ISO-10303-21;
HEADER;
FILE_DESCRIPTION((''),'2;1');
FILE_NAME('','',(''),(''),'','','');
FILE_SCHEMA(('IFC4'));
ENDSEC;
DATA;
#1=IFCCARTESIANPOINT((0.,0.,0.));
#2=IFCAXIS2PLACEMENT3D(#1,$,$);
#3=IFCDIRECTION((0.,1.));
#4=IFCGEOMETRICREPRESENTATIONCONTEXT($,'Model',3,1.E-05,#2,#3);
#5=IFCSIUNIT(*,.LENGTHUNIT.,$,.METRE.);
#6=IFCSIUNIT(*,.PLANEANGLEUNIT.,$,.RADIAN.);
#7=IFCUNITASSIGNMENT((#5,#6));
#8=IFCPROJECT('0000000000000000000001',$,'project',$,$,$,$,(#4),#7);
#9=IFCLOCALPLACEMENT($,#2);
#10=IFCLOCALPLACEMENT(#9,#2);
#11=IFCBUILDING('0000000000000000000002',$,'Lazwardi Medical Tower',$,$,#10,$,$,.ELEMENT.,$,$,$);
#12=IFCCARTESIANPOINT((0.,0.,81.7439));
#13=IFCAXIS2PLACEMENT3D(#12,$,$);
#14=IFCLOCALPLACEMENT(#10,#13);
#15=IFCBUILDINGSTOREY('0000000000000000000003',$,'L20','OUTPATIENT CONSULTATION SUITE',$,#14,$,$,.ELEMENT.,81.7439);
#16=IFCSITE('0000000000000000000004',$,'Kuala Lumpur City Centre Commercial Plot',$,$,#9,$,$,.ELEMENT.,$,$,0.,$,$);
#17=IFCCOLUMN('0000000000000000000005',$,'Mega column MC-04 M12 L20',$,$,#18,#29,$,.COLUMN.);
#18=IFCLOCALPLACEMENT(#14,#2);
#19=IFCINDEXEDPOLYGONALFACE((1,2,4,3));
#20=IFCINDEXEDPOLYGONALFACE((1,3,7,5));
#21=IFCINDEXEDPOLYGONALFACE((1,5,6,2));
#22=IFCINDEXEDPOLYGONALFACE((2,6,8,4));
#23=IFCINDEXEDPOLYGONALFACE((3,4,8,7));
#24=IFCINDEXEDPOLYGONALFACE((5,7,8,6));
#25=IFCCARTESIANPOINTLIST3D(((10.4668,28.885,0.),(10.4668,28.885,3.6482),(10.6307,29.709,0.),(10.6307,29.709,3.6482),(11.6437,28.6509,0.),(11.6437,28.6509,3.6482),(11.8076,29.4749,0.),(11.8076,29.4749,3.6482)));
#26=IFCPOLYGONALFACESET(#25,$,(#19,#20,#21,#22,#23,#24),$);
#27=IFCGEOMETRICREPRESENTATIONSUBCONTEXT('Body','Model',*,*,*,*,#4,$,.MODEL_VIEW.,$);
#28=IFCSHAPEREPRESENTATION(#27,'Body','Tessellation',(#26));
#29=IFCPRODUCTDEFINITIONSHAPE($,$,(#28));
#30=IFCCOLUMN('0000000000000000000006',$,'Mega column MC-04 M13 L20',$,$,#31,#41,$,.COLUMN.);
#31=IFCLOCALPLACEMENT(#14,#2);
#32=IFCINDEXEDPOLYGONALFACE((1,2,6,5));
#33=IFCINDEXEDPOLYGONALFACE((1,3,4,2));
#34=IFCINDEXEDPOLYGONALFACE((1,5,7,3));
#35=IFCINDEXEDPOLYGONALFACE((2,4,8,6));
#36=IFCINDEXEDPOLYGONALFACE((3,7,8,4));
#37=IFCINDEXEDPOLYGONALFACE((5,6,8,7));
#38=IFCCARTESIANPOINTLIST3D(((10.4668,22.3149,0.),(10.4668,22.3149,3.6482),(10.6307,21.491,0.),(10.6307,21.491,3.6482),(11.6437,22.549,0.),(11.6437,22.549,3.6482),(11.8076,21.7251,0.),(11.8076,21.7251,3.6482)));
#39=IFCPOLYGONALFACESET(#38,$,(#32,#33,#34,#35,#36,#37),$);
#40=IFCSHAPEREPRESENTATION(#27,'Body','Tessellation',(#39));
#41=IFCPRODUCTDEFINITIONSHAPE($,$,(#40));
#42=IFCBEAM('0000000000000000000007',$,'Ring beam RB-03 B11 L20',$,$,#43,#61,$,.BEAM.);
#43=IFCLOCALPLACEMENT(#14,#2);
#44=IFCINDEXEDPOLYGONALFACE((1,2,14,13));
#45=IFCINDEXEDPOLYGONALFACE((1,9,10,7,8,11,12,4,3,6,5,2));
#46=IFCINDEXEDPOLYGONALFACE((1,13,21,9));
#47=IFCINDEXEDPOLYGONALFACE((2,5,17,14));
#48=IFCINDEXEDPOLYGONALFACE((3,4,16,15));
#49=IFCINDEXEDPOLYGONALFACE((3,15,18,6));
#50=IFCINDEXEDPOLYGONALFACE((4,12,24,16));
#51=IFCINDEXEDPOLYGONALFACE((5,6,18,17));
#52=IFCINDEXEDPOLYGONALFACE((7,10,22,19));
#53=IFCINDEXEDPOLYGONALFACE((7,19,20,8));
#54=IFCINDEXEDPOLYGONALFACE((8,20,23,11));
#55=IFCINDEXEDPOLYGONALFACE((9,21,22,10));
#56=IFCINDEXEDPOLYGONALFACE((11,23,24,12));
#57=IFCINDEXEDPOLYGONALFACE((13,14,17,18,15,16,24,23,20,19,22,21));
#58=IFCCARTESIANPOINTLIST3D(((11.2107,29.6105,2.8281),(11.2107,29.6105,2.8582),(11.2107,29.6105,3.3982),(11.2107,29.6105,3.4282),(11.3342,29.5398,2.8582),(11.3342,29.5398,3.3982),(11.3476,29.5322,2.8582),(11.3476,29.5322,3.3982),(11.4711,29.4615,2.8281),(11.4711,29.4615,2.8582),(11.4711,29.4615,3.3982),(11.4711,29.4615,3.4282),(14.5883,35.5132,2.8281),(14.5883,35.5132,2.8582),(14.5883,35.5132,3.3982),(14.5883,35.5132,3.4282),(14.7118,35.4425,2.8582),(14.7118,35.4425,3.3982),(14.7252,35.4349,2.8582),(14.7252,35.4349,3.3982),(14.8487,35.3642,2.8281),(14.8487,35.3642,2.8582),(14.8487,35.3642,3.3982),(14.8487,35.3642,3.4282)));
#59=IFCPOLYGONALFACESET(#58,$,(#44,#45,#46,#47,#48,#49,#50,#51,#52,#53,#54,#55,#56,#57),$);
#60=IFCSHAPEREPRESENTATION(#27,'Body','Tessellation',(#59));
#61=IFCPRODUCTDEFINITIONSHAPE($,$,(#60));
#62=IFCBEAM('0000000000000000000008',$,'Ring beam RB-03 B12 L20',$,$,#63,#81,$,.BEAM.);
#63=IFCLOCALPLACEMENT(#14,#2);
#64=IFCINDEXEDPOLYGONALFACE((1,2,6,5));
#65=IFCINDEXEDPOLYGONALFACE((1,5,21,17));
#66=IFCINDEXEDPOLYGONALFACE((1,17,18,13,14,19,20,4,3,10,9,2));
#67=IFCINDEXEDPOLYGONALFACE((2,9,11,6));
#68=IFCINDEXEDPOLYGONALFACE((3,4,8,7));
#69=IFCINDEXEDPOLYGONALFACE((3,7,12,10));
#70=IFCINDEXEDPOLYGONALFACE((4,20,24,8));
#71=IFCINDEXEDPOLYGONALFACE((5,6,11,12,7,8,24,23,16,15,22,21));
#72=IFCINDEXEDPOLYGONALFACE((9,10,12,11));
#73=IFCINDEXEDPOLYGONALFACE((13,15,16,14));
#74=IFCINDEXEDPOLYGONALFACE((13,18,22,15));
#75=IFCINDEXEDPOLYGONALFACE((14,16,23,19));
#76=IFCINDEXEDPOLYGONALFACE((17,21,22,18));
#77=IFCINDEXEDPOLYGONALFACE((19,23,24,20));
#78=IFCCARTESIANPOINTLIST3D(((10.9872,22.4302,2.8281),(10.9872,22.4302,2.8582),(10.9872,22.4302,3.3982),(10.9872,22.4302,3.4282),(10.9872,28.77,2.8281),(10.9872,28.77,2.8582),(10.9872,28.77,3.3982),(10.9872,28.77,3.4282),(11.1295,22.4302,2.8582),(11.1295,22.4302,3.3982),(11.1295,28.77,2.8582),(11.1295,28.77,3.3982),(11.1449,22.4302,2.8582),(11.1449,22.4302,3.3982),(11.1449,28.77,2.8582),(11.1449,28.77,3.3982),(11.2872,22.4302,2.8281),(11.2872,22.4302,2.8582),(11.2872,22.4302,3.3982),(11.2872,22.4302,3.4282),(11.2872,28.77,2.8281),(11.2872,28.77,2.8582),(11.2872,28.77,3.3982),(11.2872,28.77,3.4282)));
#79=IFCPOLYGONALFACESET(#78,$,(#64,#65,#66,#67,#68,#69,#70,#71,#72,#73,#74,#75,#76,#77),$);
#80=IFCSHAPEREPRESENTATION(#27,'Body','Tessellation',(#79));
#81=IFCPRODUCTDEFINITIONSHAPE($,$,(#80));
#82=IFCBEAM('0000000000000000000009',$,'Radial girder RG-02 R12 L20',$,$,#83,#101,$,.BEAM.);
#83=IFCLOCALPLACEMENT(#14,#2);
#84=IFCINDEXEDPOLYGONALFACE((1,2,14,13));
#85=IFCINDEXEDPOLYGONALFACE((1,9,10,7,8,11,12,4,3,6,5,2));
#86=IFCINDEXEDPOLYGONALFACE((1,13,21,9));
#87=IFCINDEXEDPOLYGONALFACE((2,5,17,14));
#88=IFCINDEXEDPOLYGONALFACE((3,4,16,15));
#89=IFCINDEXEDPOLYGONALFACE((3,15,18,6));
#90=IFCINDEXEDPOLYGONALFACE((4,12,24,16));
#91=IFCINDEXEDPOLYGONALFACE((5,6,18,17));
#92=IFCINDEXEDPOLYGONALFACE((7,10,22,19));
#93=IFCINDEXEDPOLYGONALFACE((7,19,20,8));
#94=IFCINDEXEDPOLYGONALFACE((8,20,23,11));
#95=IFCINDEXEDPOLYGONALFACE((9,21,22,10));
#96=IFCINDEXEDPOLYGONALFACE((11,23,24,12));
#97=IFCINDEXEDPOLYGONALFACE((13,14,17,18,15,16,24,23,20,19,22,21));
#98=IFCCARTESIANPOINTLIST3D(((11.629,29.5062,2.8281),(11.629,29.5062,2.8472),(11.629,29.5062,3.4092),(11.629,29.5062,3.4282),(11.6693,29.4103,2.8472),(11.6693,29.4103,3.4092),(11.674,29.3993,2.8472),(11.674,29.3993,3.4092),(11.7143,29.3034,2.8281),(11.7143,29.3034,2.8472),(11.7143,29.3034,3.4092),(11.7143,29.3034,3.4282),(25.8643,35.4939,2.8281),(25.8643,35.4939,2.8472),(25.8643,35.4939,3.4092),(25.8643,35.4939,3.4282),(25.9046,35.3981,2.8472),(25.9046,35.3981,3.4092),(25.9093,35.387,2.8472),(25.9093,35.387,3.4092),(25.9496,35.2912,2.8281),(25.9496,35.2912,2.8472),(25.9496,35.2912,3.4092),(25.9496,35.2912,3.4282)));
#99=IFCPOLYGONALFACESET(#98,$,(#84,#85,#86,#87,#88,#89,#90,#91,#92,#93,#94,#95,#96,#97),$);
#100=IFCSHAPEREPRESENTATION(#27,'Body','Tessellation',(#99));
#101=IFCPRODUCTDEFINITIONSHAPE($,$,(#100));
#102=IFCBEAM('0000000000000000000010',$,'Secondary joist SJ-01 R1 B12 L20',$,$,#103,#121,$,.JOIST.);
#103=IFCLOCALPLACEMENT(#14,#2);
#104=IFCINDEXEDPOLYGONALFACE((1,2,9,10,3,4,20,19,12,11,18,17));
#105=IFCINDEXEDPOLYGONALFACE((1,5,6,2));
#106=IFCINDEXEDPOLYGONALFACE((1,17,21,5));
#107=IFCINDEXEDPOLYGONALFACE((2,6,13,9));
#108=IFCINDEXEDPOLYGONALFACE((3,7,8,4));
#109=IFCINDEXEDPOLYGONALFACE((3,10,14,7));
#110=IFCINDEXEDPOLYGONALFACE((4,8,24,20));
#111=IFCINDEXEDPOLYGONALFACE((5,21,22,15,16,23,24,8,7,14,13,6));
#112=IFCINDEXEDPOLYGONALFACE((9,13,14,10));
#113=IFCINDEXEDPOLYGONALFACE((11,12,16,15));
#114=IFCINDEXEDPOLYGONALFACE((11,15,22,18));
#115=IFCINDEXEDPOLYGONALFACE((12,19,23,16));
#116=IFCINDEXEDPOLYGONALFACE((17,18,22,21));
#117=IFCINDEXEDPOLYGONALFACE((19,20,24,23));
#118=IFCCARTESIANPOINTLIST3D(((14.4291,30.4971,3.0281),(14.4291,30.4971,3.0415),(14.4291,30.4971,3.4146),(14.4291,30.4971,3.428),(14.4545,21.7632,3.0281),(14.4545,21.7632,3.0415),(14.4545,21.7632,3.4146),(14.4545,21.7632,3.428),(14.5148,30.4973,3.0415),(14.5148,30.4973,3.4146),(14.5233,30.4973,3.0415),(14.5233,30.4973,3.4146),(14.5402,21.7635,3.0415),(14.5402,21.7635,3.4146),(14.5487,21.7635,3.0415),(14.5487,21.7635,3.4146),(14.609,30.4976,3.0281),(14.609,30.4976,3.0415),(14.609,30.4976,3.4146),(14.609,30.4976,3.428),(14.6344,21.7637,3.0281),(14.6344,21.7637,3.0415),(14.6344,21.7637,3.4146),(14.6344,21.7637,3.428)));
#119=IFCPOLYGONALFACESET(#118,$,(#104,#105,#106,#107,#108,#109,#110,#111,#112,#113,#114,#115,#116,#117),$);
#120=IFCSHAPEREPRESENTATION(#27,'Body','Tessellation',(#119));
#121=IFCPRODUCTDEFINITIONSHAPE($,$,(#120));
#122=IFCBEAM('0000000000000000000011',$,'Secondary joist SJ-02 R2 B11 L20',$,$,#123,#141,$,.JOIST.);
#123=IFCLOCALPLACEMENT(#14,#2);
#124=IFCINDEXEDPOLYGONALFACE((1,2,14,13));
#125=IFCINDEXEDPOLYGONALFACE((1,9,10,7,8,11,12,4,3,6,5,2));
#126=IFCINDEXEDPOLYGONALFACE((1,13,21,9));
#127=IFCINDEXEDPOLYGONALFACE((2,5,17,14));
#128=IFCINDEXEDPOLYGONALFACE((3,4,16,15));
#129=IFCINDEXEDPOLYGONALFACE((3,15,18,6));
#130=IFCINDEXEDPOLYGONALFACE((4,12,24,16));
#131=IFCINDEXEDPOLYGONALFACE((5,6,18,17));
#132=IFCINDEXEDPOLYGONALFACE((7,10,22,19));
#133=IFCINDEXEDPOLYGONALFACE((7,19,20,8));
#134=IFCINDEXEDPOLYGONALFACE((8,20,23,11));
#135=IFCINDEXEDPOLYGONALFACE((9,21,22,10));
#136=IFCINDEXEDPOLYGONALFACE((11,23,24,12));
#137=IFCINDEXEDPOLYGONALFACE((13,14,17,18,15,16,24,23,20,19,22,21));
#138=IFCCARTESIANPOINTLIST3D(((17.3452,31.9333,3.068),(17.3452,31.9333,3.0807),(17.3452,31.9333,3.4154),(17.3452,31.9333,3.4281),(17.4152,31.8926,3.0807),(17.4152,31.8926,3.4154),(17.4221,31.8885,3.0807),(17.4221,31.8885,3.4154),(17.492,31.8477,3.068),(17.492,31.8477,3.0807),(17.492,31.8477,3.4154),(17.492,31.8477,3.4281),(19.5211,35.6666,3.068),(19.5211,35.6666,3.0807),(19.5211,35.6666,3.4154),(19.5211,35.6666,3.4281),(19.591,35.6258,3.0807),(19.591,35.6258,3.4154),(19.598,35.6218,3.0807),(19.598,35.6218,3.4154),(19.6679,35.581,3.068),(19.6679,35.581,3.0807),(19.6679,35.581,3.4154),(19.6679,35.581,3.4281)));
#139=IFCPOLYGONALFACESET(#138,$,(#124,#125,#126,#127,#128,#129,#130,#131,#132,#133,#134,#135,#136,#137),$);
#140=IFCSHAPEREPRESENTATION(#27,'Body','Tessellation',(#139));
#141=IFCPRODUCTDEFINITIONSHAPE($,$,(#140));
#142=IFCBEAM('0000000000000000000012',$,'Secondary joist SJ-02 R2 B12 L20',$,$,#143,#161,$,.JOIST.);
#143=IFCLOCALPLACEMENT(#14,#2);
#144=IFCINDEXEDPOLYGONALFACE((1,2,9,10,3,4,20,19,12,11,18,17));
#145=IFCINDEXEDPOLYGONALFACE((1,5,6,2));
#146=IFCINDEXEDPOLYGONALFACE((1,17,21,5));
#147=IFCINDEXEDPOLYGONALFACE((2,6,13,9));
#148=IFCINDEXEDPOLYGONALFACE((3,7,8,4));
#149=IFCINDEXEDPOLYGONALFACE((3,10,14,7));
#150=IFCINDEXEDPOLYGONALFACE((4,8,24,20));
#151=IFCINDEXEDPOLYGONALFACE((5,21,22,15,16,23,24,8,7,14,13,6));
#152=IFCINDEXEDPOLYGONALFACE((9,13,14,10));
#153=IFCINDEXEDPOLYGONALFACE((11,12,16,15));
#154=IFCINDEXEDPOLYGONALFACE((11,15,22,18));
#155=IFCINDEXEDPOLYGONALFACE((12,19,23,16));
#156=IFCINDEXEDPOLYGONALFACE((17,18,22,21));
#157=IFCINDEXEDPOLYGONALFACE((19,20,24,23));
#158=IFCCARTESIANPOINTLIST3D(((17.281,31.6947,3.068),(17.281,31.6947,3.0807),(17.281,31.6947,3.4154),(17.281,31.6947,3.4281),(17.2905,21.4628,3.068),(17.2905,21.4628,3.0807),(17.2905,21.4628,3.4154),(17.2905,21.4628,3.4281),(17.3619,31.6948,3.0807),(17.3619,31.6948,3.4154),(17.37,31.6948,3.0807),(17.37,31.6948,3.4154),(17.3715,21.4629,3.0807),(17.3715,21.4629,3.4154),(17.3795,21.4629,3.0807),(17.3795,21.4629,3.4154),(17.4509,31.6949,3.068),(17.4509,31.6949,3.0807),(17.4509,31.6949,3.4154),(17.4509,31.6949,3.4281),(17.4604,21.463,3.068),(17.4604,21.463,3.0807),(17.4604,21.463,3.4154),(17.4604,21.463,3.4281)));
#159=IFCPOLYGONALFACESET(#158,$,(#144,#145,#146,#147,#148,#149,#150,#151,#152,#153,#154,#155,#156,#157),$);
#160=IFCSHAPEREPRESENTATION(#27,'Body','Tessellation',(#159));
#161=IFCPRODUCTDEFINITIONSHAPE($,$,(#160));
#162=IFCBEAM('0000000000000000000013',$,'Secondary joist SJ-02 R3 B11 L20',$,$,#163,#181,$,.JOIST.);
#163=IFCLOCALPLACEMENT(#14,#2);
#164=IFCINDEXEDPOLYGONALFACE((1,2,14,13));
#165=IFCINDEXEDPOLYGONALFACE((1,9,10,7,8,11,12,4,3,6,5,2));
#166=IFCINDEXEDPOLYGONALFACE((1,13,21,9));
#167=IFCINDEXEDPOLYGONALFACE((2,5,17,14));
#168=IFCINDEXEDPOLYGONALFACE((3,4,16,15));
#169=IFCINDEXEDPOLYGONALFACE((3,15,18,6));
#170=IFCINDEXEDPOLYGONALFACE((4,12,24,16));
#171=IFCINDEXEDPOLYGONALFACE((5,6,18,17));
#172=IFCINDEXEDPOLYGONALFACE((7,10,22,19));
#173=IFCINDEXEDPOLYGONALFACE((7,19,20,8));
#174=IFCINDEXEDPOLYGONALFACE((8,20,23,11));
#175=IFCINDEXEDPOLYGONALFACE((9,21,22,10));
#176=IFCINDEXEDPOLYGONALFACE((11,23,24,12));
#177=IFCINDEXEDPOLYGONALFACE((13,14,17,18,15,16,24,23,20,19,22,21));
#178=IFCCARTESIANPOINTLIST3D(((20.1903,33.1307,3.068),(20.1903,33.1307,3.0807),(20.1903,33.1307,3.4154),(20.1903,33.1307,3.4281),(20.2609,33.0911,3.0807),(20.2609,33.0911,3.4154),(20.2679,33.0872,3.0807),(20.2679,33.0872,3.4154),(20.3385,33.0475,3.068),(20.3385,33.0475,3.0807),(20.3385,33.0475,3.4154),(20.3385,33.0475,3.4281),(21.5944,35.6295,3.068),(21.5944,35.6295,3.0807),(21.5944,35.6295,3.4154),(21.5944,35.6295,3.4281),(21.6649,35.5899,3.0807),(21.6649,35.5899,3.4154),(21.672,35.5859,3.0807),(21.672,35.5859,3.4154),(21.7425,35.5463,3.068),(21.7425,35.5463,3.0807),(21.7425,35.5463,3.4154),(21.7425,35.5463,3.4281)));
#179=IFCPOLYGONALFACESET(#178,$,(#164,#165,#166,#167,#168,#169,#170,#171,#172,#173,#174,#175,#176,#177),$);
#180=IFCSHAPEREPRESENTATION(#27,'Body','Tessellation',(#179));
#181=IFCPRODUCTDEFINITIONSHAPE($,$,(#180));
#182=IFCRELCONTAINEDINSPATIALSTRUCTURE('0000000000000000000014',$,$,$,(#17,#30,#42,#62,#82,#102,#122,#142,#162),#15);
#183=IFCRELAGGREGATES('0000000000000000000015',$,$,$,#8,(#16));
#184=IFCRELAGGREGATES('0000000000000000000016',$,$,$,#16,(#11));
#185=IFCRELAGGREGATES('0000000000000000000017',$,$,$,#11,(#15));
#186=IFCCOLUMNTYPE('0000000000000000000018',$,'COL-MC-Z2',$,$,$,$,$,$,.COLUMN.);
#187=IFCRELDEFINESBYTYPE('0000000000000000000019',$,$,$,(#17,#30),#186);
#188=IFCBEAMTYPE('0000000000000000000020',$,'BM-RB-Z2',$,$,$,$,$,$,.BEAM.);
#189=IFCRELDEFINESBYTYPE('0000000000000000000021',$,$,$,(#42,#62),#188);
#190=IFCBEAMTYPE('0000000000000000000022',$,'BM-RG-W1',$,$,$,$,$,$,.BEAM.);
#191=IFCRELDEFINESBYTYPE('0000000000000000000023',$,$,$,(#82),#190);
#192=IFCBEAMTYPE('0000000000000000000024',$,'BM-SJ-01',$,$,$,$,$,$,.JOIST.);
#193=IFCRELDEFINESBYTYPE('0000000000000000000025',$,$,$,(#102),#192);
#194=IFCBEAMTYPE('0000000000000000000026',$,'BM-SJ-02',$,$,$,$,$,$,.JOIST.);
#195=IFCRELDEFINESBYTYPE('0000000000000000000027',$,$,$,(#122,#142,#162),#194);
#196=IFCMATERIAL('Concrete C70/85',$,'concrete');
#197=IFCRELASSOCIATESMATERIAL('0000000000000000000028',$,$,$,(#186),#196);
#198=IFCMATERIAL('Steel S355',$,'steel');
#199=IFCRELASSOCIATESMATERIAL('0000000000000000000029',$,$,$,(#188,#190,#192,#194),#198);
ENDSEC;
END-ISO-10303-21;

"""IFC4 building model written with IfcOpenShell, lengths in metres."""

from ifc_helpers import new_model, si_unit, direction, frame, origin, origin_2d, place, context, subcontext, project, spatial, rectangle, i_section, extrude, material, material_profile, profile_set, type_object, element, save


model = new_model("IFC4")

# Units and contexts
model_context = context("Model", 3, precision=1e-05, world=origin(), true_north=direction((0.0, 1.0)))
body_context = subcontext(model_context, "Body", "Model", "MODEL_VIEW")
ifc_project = project(units=[si_unit("LENGTHUNIT", "METRE"), si_unit("PLANEANGLEUNIT", "RADIAN")], contexts=[model_context])

# Site, building, storey
site_placement = place(None, origin())
site = spatial("IfcSite", under=ifc_project, at=site_placement, Name="Kuala Lumpur City Centre Commercial Plot", CompositionType="ELEMENT", RefElevation=0.0)
building_placement = place(site_placement, origin())
building = spatial("IfcBuilding", under=site, at=building_placement, Name="Lazwardi Medical Tower", CompositionType="ELEMENT")
storey_placement = place(building_placement, frame((0.0, 0.0, 81.7439)))
storey = spatial("IfcBuildingStorey", under=building, at=storey_placement, Name="L20", Description="OUTPATIENT CONSULTATION SUITE", CompositionType="ELEMENT", Elevation=81.7439)

# Columns
ifc_material_1 = material(Name="Concrete C70/85", Category="concrete")
ifc_material_profile_1 = material_profile(ifc_material_1, rectangle(XDim=1.2, YDim=0.8401, at=origin_2d()), Name="CFT-RECT 1200x840")
ifc_profile_set_1 = profile_set([ifc_material_profile_1], Name="Concrete C70/85")
column_type = type_object("IfcColumnType", Name="COL-MC-Z2", PredefinedType="COLUMN", material=ifc_profile_set_1)
for number, where, z_axis, x_axis, name in (
    (1, (11.1372, 29.1799, 0.0), (0.0, 0.0, 1.0), (-0.980785, 0.19509, 0.0), "Mega column MC-04 M12 L20"),
    (2, (11.1372, 22.02, 0.0), (0.0, 0.0, 1.0), (-0.980785, -0.19509, 0.0), "Mega column MC-04 M13 L20"),
):
    element("IfcColumn", number, at=place(storey_placement, frame(where, z_axis=z_axis, x_axis=x_axis)), inside=storey, type_object=column_type, Name=name, PredefinedType="COLUMN", context=body_context, shape_type="SweptSolid", body=[
        extrude(rectangle(XDim=1.2, YDim=0.8401, at=origin_2d()), origin(), (0.0, 0.0, 1.0), 3.6482),
    ])

# Beams
ifc_material_2 = material(Name="Steel S355", Category="steel")
ifc_material_profile_2 = material_profile(ifc_material_2, i_section(OverallWidth=0.3, OverallDepth=0.6001, WebThickness=0.0154, FlangeThickness=0.03, at=origin_2d()), Name="HEB 600")
ifc_profile_set_2 = profile_set([ifc_material_profile_2], Name="Steel S355")
beam_type_1 = type_object("IfcBeamType", Name="BM-RB-Z2", PredefinedType="BEAM", material=ifc_profile_set_2)
beam_1_placement = place(storey_placement, frame((14.7185, 35.4387, 3.1282), z_axis=(-0.496653, -0.867949, 0.0), x_axis=(0.867949, -0.496653, 0.0)))
element("IfcBeam", 3, at=beam_1_placement, inside=storey, type_object=beam_type_1, Name="Ring beam RB-03 B11 L20", PredefinedType="BEAM", context=body_context, shape_type="SweptSolid", body=[
    extrude(i_section(OverallWidth=0.3, OverallDepth=0.6001, WebThickness=0.0154, FlangeThickness=0.03, at=origin_2d()), origin(), (0.0, 0.0, 1.0), 6.8008),
])
beam_2_placement = place(storey_placement, frame((11.1372, 28.77, 3.1282), z_axis=(0.0, -1.0, 0.0), x_axis=(1.0, 0.0, 0.0)))
element("IfcBeam", 4, at=beam_2_placement, inside=storey, type_object=beam_type_1, Name="Ring beam RB-03 B12 L20", PredefinedType="BEAM", context=body_context, shape_type="SweptSolid", body=[
    extrude(i_section(OverallWidth=0.3, OverallDepth=0.6001, WebThickness=0.0154, FlangeThickness=0.03, at=origin_2d()), origin(), (0.0, 0.0, 1.0), 6.3398),
])
ifc_material_profile_3 = material_profile(ifc_material_2, i_section(OverallWidth=0.22, OverallDepth=0.6001, WebThickness=0.012, FlangeThickness=0.019, at=origin_2d()), Name="IPE 600")
ifc_profile_set_3 = profile_set([ifc_material_profile_3], Name="Steel S355")
beam_type_2 = type_object("IfcBeamType", Name="BM-RG-W1", PredefinedType="BEAM", material=ifc_profile_set_3)
beam_3_placement = place(storey_placement, frame((11.6716, 29.4048, 3.1282), z_axis=(0.921775, 0.387725, 0.0), x_axis=(-0.387725, 0.921775, 0.0)))
element("IfcBeam", 5, at=beam_3_placement, inside=storey, type_object=beam_type_2, Name="Radial girder RG-02 R12 L20", PredefinedType="BEAM", context=body_context, shape_type="SweptSolid", body=[
    extrude(i_section(OverallWidth=0.22, OverallDepth=0.6001, WebThickness=0.012, FlangeThickness=0.019, at=origin_2d()), origin(), (0.0, 0.0, 1.0), 15.4434),
])
ifc_material_profile_4 = material_profile(ifc_material_2, i_section(OverallWidth=0.1799, OverallDepth=0.3999, WebThickness=0.0085, FlangeThickness=0.0134, at=origin_2d()), Name="IPE 400")
ifc_profile_set_4 = profile_set([ifc_material_profile_4], Name="Steel S355")
beam_type_3 = type_object("IfcBeamType", Name="BM-SJ-01", PredefinedType="JOIST", material=ifc_profile_set_4)
beam_4_placement = place(storey_placement, frame((14.519, 30.4973, 3.228), z_axis=(0.002907, -0.999996, 0.0), x_axis=(0.999996, 0.002907, 0.0)))
element("IfcBeam", 6, at=beam_4_placement, inside=storey, type_object=beam_type_3, Name="Secondary joist SJ-01 R1 B12 L20", PredefinedType="JOIST", context=body_context, shape_type="SweptSolid", body=[
    extrude(i_section(OverallWidth=0.1799, OverallDepth=0.3999, WebThickness=0.0085, FlangeThickness=0.0134, at=origin_2d()), origin(), (0.0, 0.0, 1.0), 8.7339),
])
ifc_material_profile_5 = material_profile(ifc_material_2, i_section(OverallWidth=0.1699, OverallDepth=0.3601, WebThickness=0.0081, FlangeThickness=0.0127, at=origin_2d()), Name="IPE 360")
ifc_profile_set_5 = profile_set([ifc_material_profile_5], Name="Steel S355")
beam_type_4 = type_object("IfcBeamType", Name="BM-SJ-02", PredefinedType="JOIST", material=ifc_profile_set_5)
beam_5_placement = place(storey_placement, frame((19.5945, 35.6238, 3.248), z_axis=(-0.503544, -0.863969, 0.0), x_axis=(0.863969, -0.503544, 0.0)))
element("IfcBeam", 7, at=beam_5_placement, inside=storey, type_object=beam_type_4, Name="Secondary joist SJ-02 R2 B11 L20", PredefinedType="JOIST", context=body_context, shape_type="SweptSolid", body=[
    extrude(i_section(OverallWidth=0.1699, OverallDepth=0.3601, WebThickness=0.0081, FlangeThickness=0.0127, at=origin_2d()), origin(), (0.0, 0.0, 1.0), 4.321),
])
beam_6_placement = place(storey_placement, frame((17.366, 31.6948, 3.248), z_axis=(0.000931, -1.0, 0.0), x_axis=(1.0, 0.000931, 0.0)))
element("IfcBeam", 8, at=beam_6_placement, inside=storey, type_object=beam_type_4, Name="Secondary joist SJ-02 R2 B12 L20", PredefinedType="JOIST", context=body_context, shape_type="SweptSolid", body=[
    extrude(i_section(OverallWidth=0.1699, OverallDepth=0.3601, WebThickness=0.0081, FlangeThickness=0.0127, at=origin_2d()), origin(), (0.0, 0.0, 1.0), 10.2319),
])
beam_7_placement = place(storey_placement, frame((21.6685, 35.5879, 3.248), z_axis=(-0.489861, -0.871801, 0.0), x_axis=(0.871801, -0.489861, 0.0)))
element("IfcBeam", 9, at=beam_7_placement, inside=storey, type_object=beam_type_4, Name="Secondary joist SJ-02 R3 B11 L20", PredefinedType="JOIST", context=body_context, shape_type="SweptSolid", body=[
    extrude(i_section(OverallWidth=0.1699, OverallDepth=0.3601, WebThickness=0.0081, FlangeThickness=0.0127, at=origin_2d()), origin(), (0.0, 0.0, 1.0), 2.8662),
])

save(model, "model.ifc")
